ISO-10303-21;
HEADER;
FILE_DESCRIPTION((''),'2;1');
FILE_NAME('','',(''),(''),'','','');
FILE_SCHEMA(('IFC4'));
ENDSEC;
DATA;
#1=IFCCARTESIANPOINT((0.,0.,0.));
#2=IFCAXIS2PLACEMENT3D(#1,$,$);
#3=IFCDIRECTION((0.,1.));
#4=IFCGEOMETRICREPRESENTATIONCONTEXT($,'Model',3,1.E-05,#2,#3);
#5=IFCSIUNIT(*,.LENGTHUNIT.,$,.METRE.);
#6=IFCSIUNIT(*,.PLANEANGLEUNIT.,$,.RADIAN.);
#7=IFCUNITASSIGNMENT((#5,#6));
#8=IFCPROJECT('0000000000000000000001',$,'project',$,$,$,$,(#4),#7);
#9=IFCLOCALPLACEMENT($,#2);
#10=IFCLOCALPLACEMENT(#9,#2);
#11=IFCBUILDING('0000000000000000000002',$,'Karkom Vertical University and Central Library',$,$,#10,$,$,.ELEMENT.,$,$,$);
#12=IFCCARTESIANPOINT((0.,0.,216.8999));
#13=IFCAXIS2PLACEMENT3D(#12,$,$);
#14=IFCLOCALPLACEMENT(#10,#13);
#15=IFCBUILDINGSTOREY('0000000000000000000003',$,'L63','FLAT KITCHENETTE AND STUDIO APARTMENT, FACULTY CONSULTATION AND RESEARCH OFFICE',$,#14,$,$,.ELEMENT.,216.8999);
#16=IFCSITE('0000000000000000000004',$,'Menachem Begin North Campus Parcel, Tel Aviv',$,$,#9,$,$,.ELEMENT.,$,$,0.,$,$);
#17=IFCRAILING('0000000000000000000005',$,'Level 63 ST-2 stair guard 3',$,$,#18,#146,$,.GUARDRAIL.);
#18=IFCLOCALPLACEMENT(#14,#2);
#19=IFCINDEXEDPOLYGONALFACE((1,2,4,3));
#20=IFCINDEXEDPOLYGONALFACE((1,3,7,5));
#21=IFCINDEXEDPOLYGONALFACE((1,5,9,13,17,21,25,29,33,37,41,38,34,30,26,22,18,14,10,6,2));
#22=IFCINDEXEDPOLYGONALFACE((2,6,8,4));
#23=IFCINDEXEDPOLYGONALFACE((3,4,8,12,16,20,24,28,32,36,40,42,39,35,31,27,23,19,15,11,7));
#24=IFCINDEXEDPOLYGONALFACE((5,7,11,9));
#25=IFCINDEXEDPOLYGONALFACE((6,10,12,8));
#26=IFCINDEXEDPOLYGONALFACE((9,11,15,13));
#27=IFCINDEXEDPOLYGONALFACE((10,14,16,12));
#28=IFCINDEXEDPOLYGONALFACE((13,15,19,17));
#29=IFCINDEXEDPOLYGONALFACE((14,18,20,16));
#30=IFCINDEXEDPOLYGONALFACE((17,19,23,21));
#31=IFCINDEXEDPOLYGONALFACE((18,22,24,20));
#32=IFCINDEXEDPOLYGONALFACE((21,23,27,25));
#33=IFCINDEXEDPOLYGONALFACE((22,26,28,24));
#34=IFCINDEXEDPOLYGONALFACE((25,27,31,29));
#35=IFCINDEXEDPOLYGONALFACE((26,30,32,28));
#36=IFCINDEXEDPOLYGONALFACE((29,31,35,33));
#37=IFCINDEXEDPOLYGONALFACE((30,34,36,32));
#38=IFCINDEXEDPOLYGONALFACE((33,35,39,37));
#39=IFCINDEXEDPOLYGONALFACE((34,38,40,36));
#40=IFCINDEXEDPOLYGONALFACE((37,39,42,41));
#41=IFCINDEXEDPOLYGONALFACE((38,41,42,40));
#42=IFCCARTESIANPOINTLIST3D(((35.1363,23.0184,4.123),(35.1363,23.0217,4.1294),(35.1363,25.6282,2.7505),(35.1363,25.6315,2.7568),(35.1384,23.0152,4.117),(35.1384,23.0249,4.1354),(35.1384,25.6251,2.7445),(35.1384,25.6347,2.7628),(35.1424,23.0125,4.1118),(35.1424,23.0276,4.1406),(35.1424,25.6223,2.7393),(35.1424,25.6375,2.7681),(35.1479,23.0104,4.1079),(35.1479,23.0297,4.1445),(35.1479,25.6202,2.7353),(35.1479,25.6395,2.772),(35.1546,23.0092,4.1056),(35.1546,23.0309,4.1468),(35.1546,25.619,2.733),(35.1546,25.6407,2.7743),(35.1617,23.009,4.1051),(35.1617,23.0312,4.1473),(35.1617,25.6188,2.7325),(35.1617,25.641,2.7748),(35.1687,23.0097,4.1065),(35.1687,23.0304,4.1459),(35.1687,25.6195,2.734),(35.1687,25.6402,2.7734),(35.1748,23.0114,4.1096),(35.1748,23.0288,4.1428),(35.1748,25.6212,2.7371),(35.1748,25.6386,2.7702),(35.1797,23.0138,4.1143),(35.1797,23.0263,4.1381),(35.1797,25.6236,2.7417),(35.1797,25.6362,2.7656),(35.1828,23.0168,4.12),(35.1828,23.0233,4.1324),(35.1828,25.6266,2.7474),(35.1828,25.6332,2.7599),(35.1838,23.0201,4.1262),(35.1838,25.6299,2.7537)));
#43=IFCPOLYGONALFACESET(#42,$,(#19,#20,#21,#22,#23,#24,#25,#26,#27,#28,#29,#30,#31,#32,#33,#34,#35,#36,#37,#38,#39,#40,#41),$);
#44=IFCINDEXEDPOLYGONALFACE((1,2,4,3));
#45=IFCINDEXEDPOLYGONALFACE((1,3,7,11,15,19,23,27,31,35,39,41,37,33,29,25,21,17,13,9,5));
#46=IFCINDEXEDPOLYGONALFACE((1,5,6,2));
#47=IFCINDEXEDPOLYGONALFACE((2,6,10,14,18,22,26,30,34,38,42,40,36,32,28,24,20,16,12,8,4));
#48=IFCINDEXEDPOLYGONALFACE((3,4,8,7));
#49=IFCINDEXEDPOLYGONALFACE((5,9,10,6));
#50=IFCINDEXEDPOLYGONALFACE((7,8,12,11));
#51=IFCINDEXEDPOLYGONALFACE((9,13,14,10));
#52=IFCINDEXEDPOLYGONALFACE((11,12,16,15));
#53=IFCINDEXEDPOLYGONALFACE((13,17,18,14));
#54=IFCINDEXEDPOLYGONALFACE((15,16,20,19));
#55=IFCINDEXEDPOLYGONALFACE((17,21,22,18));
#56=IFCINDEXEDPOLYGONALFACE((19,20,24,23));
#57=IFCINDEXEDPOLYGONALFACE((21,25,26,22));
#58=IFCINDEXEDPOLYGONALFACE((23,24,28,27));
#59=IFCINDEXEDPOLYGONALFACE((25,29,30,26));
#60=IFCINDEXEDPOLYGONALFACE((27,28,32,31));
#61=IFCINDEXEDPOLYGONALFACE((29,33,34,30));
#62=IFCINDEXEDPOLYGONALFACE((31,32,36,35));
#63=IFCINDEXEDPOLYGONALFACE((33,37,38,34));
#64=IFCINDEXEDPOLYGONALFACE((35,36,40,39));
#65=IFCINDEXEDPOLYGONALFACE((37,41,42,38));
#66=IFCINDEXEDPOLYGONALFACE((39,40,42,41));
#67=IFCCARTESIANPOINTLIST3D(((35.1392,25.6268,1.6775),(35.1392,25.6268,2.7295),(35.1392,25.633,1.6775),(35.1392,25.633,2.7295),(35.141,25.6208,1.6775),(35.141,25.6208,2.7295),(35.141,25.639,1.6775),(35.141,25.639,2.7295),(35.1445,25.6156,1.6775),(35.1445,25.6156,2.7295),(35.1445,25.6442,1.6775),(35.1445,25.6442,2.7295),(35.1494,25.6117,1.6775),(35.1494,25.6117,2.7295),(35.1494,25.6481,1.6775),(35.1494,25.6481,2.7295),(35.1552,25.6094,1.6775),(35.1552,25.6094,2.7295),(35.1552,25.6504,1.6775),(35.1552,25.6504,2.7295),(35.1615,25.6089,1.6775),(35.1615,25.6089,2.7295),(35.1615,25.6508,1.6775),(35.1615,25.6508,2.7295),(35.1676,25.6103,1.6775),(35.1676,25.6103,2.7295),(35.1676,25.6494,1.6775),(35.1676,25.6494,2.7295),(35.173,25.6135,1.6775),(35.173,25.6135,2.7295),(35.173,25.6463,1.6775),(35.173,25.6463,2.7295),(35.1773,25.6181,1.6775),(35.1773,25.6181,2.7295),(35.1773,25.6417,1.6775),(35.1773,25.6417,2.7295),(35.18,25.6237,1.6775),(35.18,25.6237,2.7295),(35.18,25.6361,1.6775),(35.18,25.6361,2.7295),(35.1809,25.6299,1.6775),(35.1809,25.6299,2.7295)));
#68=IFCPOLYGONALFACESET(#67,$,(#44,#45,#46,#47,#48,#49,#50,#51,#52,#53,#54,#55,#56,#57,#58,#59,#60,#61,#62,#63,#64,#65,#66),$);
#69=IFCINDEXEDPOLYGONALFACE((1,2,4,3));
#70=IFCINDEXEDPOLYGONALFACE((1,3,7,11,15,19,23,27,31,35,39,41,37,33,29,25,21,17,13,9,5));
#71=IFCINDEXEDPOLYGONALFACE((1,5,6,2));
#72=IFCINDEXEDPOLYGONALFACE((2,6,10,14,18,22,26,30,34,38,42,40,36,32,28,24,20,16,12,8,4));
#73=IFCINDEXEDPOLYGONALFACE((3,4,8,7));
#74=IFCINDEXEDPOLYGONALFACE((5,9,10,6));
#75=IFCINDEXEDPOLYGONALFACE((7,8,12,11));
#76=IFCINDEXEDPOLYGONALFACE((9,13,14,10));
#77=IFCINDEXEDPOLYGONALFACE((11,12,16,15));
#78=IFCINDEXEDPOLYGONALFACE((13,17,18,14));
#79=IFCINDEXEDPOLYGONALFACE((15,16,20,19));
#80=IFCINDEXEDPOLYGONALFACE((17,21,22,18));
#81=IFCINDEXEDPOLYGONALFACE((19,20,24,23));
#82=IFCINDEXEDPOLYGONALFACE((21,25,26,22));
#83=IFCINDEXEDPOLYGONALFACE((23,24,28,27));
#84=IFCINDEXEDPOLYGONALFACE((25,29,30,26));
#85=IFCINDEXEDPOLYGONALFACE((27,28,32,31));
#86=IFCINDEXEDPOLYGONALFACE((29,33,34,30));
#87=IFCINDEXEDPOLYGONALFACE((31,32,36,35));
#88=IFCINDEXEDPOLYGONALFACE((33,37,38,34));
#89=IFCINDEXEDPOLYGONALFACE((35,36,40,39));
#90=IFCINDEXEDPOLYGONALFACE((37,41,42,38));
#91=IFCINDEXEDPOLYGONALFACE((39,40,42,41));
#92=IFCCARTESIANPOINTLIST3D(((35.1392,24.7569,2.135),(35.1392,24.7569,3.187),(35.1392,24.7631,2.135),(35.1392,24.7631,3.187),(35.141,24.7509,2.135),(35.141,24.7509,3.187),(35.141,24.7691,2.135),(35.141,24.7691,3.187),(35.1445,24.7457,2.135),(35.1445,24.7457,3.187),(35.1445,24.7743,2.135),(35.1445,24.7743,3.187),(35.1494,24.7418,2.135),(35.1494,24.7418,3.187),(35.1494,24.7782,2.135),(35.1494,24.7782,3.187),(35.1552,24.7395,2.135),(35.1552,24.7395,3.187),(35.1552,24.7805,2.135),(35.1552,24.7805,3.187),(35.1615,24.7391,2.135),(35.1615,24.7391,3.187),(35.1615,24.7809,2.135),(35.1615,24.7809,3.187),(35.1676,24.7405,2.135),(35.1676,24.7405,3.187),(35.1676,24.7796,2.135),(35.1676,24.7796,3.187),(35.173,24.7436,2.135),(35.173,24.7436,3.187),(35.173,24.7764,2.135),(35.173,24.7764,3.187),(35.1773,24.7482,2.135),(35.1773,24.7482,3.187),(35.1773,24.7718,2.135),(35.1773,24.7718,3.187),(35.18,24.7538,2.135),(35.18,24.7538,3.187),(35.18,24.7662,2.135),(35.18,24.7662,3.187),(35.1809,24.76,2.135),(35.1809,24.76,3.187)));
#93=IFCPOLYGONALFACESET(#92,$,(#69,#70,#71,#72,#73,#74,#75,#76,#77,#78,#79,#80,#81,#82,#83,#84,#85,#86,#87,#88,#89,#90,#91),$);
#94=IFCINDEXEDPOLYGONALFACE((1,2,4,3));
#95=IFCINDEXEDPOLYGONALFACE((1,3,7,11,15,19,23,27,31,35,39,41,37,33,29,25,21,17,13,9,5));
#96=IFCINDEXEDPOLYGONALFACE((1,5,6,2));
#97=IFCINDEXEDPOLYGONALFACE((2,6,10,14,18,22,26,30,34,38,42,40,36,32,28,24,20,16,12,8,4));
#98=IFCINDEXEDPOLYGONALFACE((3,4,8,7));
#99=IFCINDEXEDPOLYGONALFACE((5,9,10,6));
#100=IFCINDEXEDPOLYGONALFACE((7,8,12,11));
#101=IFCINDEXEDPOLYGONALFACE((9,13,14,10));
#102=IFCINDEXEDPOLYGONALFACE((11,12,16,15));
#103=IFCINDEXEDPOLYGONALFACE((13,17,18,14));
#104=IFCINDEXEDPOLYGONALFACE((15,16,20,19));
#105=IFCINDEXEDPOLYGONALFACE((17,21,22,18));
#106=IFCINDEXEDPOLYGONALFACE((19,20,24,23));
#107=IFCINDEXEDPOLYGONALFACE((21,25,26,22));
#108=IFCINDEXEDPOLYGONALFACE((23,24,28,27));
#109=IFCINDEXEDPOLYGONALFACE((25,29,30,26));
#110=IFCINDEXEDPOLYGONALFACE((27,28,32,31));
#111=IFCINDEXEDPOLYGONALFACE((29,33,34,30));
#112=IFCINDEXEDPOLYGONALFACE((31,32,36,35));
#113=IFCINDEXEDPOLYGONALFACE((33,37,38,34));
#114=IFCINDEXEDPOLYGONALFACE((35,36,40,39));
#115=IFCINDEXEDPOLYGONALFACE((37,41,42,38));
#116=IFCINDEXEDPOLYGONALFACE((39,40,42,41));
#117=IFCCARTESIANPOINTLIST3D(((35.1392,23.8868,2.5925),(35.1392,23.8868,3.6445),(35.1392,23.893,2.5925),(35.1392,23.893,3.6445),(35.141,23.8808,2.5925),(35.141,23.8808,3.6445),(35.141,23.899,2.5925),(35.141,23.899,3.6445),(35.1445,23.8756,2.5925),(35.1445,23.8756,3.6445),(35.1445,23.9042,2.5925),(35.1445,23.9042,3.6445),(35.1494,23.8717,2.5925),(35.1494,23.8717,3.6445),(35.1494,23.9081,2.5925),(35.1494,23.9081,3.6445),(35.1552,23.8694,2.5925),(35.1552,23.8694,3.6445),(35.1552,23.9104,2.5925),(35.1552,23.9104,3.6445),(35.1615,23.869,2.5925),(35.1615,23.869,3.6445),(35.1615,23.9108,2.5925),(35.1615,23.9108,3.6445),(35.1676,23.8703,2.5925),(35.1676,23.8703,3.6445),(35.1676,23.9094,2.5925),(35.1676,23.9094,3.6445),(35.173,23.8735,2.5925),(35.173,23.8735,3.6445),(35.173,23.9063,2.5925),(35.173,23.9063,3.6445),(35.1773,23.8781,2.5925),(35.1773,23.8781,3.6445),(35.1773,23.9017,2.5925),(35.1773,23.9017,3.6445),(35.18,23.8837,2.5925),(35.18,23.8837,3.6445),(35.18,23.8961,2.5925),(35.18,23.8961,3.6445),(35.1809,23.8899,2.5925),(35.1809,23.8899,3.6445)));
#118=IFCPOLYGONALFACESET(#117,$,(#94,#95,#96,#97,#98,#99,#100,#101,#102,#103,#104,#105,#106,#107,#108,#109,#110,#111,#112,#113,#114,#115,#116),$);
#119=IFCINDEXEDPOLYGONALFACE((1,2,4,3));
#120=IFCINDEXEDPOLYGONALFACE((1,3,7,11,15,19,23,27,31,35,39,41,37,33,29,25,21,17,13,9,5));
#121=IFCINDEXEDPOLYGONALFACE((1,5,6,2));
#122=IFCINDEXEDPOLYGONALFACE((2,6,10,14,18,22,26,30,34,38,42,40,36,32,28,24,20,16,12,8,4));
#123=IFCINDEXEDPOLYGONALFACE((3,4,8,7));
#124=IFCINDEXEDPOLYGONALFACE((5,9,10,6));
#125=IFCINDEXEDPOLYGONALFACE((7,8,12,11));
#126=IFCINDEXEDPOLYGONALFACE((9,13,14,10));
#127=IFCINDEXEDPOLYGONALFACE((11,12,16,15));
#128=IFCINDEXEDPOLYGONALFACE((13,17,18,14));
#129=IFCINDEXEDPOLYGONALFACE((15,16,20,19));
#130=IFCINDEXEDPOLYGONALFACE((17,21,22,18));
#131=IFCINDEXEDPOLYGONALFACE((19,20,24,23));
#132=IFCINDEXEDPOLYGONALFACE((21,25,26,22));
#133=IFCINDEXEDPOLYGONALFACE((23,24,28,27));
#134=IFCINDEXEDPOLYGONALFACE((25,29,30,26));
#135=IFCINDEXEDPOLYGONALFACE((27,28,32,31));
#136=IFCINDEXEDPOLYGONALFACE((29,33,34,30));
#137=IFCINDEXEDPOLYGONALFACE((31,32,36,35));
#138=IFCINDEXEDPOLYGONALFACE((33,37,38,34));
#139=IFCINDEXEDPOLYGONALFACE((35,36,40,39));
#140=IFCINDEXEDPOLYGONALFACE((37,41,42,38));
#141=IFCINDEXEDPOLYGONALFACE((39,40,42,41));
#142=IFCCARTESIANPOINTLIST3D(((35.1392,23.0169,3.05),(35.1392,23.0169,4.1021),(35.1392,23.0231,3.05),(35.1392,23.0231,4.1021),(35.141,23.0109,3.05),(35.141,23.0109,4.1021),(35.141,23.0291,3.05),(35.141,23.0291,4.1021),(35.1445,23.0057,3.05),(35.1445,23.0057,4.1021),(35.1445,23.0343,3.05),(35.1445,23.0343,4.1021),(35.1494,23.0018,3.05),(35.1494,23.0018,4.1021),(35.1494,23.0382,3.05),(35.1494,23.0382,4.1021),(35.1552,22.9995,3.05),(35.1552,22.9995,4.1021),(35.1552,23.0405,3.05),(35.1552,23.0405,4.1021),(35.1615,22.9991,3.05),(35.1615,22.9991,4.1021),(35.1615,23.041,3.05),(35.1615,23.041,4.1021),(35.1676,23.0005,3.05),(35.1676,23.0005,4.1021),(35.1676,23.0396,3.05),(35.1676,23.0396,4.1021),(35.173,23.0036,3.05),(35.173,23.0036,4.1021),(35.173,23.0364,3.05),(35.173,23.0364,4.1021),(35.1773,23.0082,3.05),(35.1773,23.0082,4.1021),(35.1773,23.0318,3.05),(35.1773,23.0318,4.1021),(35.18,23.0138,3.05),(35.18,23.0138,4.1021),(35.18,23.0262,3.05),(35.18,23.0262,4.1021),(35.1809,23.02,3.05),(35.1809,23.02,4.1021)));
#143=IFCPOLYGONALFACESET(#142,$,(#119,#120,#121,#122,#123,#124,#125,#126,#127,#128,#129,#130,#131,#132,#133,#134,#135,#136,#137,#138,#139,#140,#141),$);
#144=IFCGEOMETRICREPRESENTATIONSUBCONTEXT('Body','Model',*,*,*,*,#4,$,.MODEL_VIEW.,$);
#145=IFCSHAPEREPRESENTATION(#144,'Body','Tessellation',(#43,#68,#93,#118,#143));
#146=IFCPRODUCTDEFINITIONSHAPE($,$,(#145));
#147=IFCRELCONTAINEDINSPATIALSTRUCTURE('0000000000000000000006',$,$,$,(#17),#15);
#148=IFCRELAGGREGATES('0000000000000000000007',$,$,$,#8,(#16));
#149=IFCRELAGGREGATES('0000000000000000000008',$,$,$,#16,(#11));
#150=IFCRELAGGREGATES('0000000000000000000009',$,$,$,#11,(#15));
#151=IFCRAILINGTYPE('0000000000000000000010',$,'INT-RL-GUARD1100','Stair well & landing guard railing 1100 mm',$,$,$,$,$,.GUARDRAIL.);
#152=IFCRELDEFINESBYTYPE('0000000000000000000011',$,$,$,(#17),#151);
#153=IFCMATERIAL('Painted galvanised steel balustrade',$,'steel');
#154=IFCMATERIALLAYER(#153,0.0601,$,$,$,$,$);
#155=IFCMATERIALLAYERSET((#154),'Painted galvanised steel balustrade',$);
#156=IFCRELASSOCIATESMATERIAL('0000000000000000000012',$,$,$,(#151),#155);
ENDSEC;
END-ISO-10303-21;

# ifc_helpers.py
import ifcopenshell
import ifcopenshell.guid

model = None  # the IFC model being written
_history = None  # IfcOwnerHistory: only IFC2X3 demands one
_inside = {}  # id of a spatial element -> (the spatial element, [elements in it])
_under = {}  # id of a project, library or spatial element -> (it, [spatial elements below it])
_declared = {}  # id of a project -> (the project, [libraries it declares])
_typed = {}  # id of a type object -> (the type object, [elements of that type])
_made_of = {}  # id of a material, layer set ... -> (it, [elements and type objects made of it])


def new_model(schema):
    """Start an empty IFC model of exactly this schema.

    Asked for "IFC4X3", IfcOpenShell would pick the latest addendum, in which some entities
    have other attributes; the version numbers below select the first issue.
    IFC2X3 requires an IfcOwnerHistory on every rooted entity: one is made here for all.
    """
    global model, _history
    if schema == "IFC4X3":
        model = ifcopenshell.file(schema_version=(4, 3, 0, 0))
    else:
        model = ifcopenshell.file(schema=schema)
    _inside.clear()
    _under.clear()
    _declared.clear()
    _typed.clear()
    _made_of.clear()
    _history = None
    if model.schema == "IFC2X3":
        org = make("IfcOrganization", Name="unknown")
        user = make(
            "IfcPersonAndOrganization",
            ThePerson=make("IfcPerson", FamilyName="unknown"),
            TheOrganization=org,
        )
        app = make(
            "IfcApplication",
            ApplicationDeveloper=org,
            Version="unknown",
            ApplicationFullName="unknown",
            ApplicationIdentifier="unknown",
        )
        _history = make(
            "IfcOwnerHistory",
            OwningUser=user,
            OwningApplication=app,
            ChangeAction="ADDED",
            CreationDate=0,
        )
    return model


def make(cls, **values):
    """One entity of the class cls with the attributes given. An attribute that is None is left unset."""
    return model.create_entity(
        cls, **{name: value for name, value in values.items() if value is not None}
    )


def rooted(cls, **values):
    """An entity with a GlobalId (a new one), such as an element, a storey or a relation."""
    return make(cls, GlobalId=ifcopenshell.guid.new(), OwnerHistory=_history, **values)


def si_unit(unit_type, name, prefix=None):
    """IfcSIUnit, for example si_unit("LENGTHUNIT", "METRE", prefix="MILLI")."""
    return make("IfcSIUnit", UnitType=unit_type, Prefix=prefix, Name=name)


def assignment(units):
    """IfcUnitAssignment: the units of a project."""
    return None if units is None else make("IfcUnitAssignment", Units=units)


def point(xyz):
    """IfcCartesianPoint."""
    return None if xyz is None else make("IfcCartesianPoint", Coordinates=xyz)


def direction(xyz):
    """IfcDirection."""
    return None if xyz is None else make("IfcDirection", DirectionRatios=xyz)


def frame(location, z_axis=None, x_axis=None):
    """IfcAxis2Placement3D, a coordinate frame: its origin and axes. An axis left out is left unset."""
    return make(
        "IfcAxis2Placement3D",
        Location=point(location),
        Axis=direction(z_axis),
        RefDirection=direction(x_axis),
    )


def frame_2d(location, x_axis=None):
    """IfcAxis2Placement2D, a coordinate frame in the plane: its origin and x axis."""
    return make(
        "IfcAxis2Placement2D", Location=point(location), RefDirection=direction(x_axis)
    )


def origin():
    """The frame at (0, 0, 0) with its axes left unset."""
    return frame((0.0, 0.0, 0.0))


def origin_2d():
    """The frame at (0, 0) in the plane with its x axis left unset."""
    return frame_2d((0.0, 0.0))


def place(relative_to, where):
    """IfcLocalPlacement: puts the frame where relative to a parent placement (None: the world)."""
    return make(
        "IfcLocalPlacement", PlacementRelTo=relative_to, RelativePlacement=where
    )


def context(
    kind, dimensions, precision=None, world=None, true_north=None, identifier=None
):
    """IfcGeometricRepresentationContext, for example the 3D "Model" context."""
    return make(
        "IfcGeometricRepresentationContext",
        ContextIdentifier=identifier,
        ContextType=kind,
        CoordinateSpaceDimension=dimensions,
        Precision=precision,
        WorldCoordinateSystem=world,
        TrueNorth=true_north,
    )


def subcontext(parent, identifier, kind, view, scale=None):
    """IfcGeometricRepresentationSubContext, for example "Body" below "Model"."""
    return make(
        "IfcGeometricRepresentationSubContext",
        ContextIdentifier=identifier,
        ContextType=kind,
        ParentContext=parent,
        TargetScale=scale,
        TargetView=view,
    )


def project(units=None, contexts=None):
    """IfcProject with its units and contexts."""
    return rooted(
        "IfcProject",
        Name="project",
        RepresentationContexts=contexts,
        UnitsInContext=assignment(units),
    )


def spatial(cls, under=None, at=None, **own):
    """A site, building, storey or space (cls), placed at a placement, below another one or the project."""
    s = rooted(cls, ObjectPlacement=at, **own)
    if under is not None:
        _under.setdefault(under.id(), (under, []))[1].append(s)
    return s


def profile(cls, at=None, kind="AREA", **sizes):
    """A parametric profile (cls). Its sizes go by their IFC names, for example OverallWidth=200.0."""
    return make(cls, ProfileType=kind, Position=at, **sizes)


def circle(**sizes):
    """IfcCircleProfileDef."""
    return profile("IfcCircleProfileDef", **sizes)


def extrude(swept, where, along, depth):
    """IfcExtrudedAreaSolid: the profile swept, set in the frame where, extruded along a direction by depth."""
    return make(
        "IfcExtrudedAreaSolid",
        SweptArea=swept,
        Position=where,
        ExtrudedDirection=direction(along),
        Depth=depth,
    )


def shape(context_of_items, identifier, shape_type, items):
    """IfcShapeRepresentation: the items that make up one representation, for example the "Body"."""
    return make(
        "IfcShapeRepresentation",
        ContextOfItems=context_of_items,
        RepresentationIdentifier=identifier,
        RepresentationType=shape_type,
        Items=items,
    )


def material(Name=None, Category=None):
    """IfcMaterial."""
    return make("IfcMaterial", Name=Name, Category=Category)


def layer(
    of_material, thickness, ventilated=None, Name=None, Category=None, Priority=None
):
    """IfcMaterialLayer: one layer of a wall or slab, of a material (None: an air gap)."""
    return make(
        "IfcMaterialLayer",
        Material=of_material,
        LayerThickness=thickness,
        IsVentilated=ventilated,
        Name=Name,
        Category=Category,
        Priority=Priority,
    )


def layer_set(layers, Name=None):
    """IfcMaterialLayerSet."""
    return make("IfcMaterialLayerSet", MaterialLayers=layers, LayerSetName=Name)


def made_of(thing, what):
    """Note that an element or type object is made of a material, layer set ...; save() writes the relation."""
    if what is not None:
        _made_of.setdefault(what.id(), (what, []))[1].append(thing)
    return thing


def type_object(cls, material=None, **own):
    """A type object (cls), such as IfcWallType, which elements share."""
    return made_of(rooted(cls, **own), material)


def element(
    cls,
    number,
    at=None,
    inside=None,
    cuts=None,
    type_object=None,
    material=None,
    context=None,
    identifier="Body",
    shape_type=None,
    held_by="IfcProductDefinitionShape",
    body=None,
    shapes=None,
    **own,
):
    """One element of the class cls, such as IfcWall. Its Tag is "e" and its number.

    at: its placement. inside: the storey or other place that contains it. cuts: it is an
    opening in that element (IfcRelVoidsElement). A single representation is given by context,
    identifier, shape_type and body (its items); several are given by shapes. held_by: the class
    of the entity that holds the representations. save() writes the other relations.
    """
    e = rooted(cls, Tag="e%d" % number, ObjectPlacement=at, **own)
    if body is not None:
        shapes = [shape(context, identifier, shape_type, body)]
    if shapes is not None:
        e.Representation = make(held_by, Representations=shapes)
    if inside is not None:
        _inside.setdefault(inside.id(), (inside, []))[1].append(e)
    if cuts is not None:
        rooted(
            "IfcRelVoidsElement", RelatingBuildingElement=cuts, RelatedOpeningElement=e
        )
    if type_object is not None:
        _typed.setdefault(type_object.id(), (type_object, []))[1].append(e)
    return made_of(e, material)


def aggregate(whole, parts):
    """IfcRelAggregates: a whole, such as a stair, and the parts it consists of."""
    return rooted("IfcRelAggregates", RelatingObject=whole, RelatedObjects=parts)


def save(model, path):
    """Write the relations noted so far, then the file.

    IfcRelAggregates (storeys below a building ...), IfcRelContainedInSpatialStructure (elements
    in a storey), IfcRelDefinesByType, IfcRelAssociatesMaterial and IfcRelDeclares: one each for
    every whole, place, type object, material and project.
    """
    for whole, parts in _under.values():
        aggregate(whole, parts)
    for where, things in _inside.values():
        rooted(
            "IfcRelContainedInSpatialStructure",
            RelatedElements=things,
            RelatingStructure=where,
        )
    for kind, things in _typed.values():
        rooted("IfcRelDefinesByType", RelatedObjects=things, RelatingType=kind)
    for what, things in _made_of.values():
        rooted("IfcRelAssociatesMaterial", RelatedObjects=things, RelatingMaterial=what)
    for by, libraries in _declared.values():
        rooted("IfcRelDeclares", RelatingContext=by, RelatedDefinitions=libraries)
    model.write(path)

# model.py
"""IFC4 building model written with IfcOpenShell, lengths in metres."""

from ifc_helpers import new_model, si_unit, direction, frame, origin, origin_2d, place, context, subcontext, project, spatial, circle, extrude, material, layer, layer_set, type_object, element, save


model = new_model("IFC4")

# Units and contexts
model_context = context("Model", 3, precision=1e-05, world=origin(), true_north=direction((0.0, 1.0)))
body_context = subcontext(model_context, "Body", "Model", "MODEL_VIEW")
ifc_project = project(units=[si_unit("LENGTHUNIT", "METRE"), si_unit("PLANEANGLEUNIT", "RADIAN")], contexts=[model_context])

# Site, building, storey
site_placement = place(None, origin())
site = spatial("IfcSite", under=ifc_project, at=site_placement, Name="Menachem Begin North Campus Parcel, Tel Aviv", CompositionType="ELEMENT", RefElevation=0.0)
building_placement = place(site_placement, origin())
building = spatial("IfcBuilding", under=site, at=building_placement, Name="Karkom Vertical University and Central Library", CompositionType="ELEMENT")
storey_placement = place(building_placement, frame((0.0, 0.0, 216.8999)))
storey = spatial("IfcBuildingStorey", under=building, at=storey_placement, Name="L63", Description="FLAT KITCHENETTE AND STUDIO APARTMENT, FACULTY CONSULTATION AND RESEARCH OFFICE", CompositionType="ELEMENT", Elevation=216.8999)

# Railing
ifc_material_1 = material(Name="Painted galvanised steel balustrade", Category="steel")
ifc_layer_1 = layer(ifc_material_1, 0.0601)
ifc_layer_set_1 = layer_set([ifc_layer_1], Name="Painted galvanised steel balustrade")
railing_type_1 = type_object("IfcRailingType", Name="INT-RL-GUARD1100", Description="Stair well & landing guard railing 1100 mm", PredefinedType="GUARDRAIL", material=ifc_layer_set_1)
railing_1_placement = place(storey_placement, frame((35.1599, 25.6299, 1.6775)))
element("IfcRailing", 1, at=railing_1_placement, inside=storey, type_object=railing_type_1, Name="Level 63 ST-2 stair guard 3", PredefinedType="GUARDRAIL", context=body_context, shape_type="SweptSolid", body=[
    extrude(circle(Radius=0.0239, at=origin_2d()), frame((0.0, 0.0, 1.0762), z_axis=(0.0, -0.885065, 0.465467), x_axis=(1.0, 0.0, 0.0)), (0.0, 0.0, 1.0), 2.9487),
    extrude(circle(Radius=0.021, at=origin_2d()), origin(), (0.0, 0.0, 1.0), 1.052),
    extrude(circle(Radius=0.021, at=origin_2d()), frame((0.0, -0.8699, 0.4575)), (0.0, 0.0, 1.0), 1.052),
    extrude(circle(Radius=0.021, at=origin_2d()), frame((0.0, -1.74, 0.915)), (0.0, 0.0, 1.0), 1.052),
    extrude(circle(Radius=0.021, at=origin_2d()), frame((0.0, -2.6099, 1.3726)), (0.0, 0.0, 1.0), 1.052),
])

save(model, "model.ifc")
